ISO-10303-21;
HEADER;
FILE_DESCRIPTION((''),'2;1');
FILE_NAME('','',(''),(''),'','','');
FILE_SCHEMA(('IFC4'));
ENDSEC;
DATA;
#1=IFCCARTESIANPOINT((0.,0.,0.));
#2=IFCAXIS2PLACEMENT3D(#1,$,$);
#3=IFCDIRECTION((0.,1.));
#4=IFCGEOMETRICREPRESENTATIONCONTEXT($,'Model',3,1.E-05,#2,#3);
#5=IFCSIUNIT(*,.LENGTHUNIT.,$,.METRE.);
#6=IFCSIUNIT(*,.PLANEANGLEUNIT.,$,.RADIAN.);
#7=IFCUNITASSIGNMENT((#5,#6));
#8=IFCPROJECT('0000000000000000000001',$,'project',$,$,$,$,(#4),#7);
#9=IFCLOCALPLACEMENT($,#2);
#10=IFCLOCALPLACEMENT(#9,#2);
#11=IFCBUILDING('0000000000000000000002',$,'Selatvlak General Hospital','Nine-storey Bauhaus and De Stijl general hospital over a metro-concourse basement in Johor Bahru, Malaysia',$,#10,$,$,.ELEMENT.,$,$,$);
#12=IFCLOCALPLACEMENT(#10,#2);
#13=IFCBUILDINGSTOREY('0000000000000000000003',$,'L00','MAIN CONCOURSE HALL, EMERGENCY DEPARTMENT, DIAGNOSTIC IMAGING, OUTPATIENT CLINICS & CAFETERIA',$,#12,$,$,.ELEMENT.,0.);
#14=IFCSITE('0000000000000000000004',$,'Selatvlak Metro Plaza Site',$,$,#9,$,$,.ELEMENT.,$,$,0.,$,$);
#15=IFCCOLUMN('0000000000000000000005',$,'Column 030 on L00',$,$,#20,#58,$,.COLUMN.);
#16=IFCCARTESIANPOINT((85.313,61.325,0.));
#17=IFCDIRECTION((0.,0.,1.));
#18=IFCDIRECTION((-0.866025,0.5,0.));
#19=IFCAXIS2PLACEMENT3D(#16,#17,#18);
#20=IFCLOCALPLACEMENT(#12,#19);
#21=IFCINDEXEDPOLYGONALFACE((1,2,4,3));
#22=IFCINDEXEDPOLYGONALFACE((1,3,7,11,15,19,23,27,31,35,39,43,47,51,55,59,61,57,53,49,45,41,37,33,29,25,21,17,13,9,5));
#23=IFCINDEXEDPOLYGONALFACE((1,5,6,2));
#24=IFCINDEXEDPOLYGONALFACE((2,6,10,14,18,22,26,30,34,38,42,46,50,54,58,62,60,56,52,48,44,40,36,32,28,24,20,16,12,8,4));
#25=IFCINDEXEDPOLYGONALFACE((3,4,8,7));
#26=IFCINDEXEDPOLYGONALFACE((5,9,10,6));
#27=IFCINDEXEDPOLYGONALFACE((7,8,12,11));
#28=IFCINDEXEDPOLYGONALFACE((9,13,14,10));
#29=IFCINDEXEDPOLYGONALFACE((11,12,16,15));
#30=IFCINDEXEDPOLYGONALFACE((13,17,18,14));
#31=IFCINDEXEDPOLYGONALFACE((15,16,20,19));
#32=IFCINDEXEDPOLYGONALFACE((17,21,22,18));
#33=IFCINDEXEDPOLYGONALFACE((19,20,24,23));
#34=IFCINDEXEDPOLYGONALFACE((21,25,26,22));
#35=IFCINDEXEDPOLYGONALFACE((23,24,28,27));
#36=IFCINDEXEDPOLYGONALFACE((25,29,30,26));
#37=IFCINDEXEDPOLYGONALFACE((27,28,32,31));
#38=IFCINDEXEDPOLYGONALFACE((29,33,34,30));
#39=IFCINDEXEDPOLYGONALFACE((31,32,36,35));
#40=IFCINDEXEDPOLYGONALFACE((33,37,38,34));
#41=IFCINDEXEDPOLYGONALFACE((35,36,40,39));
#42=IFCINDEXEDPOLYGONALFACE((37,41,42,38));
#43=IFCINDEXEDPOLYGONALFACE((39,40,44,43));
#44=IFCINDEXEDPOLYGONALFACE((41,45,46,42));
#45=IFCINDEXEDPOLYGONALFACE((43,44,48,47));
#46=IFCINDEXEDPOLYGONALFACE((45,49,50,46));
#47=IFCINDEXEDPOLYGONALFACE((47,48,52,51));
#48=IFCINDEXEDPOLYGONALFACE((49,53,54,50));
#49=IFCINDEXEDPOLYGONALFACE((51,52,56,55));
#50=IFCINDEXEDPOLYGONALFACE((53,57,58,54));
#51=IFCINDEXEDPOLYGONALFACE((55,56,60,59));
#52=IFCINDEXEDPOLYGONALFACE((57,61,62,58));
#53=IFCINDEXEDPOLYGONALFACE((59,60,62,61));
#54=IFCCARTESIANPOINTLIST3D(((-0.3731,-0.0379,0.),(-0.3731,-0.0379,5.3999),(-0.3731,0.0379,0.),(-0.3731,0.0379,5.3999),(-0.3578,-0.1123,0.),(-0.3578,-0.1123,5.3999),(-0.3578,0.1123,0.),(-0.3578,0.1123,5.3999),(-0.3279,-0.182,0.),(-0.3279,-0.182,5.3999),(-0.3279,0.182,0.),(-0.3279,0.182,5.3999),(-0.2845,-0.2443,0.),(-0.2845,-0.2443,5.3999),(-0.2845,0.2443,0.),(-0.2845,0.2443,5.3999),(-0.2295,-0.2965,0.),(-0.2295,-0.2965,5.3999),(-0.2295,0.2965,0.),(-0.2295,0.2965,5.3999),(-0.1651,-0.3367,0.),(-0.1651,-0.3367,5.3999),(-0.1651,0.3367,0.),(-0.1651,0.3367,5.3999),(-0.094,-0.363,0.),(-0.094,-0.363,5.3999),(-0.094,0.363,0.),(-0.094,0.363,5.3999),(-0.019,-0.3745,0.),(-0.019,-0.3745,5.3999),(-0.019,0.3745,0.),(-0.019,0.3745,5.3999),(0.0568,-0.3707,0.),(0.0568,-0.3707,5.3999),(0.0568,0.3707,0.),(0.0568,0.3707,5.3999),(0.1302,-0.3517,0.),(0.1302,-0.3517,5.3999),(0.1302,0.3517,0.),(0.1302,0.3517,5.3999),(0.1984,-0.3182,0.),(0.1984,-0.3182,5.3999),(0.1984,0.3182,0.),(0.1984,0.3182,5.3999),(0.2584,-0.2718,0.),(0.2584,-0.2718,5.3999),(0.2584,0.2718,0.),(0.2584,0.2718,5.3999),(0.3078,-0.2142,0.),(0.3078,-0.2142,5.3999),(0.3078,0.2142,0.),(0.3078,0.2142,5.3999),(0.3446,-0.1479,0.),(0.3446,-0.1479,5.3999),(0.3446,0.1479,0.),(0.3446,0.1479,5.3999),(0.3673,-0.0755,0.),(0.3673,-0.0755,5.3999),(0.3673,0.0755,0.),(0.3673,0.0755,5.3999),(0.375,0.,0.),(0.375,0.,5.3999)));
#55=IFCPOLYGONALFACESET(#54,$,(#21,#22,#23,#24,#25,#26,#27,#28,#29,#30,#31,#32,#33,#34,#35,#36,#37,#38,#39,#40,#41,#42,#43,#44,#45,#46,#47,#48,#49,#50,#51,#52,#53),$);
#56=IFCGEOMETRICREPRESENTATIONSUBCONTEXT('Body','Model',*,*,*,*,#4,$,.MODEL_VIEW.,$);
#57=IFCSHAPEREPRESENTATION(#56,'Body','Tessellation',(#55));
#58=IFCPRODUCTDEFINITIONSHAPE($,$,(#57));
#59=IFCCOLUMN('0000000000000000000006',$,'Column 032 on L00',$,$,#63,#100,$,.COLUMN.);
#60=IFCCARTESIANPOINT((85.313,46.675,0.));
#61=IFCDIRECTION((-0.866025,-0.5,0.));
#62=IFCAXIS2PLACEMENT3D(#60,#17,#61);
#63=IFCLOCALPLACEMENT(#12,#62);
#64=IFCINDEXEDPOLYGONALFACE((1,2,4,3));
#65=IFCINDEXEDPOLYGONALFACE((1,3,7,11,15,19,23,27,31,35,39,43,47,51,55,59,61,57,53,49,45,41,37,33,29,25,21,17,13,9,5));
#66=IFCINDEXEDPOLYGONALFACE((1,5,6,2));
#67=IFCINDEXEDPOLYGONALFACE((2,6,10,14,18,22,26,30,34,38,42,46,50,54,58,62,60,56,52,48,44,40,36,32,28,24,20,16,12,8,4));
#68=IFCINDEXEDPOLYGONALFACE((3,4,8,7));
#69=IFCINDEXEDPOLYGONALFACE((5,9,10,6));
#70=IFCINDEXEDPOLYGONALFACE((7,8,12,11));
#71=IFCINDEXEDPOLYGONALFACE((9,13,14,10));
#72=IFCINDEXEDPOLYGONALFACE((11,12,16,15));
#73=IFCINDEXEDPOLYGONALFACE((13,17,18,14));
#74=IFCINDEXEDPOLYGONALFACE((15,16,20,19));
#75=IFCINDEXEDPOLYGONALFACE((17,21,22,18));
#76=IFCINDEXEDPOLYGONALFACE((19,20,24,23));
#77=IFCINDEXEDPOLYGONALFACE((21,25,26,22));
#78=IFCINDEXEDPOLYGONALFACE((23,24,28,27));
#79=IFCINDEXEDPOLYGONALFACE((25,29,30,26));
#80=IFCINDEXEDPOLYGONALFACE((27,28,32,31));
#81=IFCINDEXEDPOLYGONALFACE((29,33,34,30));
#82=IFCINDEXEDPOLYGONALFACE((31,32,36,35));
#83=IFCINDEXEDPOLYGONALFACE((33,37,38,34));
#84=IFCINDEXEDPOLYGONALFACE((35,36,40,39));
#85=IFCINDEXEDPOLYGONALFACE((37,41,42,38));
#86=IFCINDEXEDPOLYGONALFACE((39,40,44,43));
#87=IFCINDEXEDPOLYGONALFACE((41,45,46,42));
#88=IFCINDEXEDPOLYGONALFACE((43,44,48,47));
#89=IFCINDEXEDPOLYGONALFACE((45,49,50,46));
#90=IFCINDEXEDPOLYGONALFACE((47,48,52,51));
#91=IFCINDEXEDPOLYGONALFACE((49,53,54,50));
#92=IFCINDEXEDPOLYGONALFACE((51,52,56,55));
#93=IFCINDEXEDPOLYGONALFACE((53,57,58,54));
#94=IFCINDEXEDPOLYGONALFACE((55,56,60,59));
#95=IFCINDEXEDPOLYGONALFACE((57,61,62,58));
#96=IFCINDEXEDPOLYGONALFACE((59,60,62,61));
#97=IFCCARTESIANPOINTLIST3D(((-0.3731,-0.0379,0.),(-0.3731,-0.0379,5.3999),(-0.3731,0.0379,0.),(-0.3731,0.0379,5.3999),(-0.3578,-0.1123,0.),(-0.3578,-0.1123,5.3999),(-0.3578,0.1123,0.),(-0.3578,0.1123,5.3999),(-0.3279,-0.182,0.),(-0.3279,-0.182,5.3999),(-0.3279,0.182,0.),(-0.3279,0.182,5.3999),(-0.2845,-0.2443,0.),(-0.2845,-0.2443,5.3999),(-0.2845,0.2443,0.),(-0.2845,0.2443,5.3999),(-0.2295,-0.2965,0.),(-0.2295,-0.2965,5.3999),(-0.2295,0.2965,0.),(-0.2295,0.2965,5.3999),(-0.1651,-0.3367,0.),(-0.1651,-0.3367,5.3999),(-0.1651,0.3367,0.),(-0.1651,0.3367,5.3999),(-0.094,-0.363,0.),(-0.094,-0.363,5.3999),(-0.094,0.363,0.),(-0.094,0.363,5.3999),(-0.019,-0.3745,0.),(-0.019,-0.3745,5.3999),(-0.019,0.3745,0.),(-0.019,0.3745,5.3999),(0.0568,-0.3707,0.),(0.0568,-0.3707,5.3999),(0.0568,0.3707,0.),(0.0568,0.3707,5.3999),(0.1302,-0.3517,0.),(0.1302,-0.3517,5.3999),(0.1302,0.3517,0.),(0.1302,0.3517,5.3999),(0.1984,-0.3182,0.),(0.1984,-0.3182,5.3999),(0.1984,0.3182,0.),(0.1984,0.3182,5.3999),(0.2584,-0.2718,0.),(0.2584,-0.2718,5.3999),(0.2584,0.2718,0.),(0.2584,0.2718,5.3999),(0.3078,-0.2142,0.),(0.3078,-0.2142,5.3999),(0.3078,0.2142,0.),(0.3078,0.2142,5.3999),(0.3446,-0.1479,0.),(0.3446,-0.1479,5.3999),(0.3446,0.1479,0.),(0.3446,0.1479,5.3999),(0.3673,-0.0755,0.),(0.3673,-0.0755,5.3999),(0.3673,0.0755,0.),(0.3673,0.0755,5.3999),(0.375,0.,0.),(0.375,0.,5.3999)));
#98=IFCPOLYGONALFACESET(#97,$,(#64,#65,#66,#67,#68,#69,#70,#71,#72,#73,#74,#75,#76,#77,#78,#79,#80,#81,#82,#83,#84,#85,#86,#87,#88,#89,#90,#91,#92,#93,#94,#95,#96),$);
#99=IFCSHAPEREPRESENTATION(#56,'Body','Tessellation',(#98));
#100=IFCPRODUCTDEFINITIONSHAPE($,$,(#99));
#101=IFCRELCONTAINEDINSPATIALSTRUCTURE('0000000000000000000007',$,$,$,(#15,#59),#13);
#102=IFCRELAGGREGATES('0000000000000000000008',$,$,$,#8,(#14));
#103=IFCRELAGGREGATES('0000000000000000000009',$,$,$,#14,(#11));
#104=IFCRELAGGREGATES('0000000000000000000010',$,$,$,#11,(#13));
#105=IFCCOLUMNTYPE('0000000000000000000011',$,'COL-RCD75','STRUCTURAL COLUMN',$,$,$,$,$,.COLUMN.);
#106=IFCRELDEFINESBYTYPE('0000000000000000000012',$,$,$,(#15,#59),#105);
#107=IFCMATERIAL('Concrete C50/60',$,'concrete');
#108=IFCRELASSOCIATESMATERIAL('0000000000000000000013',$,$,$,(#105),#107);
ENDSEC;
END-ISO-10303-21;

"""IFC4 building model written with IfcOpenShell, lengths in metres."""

from ifc_helpers import new_model, si_unit, direction, frame, origin, origin_2d, place, context, subcontext, project, spatial, circle, extrude, material, material_profile, profile_set, type_object, element, save


model = new_model("IFC4")

# Units and contexts
model_context = context("Model", 3, precision=1e-05, world=origin(), true_north=direction((0.0, 1.0)))
body_context = subcontext(model_context, "Body", "Model", "MODEL_VIEW")
ifc_project = project(units=[si_unit("LENGTHUNIT", "METRE"), si_unit("PLANEANGLEUNIT", "RADIAN")], contexts=[model_context])

# Site, building, storey
site_placement = place(None, origin())
site = spatial("IfcSite", under=ifc_project, at=site_placement, Name="Selatvlak Metro Plaza Site", CompositionType="ELEMENT", RefElevation=0.0)
building_placement = place(site_placement, origin())
building = spatial("IfcBuilding", under=site, at=building_placement, Name="Selatvlak General Hospital", Description="Nine-storey Bauhaus and De Stijl general hospital over a metro-concourse basement in Johor Bahru, Malaysia", CompositionType="ELEMENT")
storey_placement = place(building_placement, origin())
storey = spatial("IfcBuildingStorey", under=building, at=storey_placement, Name="L00", Description="MAIN CONCOURSE HALL, EMERGENCY DEPARTMENT, DIAGNOSTIC IMAGING, OUTPATIENT CLINICS & CAFETERIA", CompositionType="ELEMENT", Elevation=0.0)

# Columns
ifc_material_1 = material(Name="Concrete C50/60", Category="concrete")
ifc_material_profile_1 = material_profile(ifc_material_1, circle(Radius=0.375, at=origin_2d()), Name="RC-COL D750")
ifc_profile_set_1 = profile_set([ifc_material_profile_1], Name="Concrete C50/60")
column_type = type_object("IfcColumnType", Name="COL-RCD75", Description="STRUCTURAL COLUMN", PredefinedType="COLUMN", material=ifc_profile_set_1)
for number, where, z_axis, x_axis, name in (
    (1, (85.313, 61.325, 0.0), (0.0, 0.0, 1.0), (-0.866025, 0.5, 0.0), "Column 030 on L00"),
    (2, (85.313, 46.675, 0.0), (0.0, 0.0, 1.0), (-0.866025, -0.5, 0.0), "Column 032 on L00"),
):
    element("IfcColumn", number, at=place(storey_placement, frame(where, z_axis=z_axis, x_axis=x_axis)), inside=storey, type_object=column_type, Name=name, PredefinedType="COLUMN", context=body_context, shape_type="SweptSolid", body=[
        extrude(circle(Radius=0.375, at=origin_2d()), origin(), (0.0, 0.0, 1.0), 5.3999),
    ])

save(model, "model.ifc")
